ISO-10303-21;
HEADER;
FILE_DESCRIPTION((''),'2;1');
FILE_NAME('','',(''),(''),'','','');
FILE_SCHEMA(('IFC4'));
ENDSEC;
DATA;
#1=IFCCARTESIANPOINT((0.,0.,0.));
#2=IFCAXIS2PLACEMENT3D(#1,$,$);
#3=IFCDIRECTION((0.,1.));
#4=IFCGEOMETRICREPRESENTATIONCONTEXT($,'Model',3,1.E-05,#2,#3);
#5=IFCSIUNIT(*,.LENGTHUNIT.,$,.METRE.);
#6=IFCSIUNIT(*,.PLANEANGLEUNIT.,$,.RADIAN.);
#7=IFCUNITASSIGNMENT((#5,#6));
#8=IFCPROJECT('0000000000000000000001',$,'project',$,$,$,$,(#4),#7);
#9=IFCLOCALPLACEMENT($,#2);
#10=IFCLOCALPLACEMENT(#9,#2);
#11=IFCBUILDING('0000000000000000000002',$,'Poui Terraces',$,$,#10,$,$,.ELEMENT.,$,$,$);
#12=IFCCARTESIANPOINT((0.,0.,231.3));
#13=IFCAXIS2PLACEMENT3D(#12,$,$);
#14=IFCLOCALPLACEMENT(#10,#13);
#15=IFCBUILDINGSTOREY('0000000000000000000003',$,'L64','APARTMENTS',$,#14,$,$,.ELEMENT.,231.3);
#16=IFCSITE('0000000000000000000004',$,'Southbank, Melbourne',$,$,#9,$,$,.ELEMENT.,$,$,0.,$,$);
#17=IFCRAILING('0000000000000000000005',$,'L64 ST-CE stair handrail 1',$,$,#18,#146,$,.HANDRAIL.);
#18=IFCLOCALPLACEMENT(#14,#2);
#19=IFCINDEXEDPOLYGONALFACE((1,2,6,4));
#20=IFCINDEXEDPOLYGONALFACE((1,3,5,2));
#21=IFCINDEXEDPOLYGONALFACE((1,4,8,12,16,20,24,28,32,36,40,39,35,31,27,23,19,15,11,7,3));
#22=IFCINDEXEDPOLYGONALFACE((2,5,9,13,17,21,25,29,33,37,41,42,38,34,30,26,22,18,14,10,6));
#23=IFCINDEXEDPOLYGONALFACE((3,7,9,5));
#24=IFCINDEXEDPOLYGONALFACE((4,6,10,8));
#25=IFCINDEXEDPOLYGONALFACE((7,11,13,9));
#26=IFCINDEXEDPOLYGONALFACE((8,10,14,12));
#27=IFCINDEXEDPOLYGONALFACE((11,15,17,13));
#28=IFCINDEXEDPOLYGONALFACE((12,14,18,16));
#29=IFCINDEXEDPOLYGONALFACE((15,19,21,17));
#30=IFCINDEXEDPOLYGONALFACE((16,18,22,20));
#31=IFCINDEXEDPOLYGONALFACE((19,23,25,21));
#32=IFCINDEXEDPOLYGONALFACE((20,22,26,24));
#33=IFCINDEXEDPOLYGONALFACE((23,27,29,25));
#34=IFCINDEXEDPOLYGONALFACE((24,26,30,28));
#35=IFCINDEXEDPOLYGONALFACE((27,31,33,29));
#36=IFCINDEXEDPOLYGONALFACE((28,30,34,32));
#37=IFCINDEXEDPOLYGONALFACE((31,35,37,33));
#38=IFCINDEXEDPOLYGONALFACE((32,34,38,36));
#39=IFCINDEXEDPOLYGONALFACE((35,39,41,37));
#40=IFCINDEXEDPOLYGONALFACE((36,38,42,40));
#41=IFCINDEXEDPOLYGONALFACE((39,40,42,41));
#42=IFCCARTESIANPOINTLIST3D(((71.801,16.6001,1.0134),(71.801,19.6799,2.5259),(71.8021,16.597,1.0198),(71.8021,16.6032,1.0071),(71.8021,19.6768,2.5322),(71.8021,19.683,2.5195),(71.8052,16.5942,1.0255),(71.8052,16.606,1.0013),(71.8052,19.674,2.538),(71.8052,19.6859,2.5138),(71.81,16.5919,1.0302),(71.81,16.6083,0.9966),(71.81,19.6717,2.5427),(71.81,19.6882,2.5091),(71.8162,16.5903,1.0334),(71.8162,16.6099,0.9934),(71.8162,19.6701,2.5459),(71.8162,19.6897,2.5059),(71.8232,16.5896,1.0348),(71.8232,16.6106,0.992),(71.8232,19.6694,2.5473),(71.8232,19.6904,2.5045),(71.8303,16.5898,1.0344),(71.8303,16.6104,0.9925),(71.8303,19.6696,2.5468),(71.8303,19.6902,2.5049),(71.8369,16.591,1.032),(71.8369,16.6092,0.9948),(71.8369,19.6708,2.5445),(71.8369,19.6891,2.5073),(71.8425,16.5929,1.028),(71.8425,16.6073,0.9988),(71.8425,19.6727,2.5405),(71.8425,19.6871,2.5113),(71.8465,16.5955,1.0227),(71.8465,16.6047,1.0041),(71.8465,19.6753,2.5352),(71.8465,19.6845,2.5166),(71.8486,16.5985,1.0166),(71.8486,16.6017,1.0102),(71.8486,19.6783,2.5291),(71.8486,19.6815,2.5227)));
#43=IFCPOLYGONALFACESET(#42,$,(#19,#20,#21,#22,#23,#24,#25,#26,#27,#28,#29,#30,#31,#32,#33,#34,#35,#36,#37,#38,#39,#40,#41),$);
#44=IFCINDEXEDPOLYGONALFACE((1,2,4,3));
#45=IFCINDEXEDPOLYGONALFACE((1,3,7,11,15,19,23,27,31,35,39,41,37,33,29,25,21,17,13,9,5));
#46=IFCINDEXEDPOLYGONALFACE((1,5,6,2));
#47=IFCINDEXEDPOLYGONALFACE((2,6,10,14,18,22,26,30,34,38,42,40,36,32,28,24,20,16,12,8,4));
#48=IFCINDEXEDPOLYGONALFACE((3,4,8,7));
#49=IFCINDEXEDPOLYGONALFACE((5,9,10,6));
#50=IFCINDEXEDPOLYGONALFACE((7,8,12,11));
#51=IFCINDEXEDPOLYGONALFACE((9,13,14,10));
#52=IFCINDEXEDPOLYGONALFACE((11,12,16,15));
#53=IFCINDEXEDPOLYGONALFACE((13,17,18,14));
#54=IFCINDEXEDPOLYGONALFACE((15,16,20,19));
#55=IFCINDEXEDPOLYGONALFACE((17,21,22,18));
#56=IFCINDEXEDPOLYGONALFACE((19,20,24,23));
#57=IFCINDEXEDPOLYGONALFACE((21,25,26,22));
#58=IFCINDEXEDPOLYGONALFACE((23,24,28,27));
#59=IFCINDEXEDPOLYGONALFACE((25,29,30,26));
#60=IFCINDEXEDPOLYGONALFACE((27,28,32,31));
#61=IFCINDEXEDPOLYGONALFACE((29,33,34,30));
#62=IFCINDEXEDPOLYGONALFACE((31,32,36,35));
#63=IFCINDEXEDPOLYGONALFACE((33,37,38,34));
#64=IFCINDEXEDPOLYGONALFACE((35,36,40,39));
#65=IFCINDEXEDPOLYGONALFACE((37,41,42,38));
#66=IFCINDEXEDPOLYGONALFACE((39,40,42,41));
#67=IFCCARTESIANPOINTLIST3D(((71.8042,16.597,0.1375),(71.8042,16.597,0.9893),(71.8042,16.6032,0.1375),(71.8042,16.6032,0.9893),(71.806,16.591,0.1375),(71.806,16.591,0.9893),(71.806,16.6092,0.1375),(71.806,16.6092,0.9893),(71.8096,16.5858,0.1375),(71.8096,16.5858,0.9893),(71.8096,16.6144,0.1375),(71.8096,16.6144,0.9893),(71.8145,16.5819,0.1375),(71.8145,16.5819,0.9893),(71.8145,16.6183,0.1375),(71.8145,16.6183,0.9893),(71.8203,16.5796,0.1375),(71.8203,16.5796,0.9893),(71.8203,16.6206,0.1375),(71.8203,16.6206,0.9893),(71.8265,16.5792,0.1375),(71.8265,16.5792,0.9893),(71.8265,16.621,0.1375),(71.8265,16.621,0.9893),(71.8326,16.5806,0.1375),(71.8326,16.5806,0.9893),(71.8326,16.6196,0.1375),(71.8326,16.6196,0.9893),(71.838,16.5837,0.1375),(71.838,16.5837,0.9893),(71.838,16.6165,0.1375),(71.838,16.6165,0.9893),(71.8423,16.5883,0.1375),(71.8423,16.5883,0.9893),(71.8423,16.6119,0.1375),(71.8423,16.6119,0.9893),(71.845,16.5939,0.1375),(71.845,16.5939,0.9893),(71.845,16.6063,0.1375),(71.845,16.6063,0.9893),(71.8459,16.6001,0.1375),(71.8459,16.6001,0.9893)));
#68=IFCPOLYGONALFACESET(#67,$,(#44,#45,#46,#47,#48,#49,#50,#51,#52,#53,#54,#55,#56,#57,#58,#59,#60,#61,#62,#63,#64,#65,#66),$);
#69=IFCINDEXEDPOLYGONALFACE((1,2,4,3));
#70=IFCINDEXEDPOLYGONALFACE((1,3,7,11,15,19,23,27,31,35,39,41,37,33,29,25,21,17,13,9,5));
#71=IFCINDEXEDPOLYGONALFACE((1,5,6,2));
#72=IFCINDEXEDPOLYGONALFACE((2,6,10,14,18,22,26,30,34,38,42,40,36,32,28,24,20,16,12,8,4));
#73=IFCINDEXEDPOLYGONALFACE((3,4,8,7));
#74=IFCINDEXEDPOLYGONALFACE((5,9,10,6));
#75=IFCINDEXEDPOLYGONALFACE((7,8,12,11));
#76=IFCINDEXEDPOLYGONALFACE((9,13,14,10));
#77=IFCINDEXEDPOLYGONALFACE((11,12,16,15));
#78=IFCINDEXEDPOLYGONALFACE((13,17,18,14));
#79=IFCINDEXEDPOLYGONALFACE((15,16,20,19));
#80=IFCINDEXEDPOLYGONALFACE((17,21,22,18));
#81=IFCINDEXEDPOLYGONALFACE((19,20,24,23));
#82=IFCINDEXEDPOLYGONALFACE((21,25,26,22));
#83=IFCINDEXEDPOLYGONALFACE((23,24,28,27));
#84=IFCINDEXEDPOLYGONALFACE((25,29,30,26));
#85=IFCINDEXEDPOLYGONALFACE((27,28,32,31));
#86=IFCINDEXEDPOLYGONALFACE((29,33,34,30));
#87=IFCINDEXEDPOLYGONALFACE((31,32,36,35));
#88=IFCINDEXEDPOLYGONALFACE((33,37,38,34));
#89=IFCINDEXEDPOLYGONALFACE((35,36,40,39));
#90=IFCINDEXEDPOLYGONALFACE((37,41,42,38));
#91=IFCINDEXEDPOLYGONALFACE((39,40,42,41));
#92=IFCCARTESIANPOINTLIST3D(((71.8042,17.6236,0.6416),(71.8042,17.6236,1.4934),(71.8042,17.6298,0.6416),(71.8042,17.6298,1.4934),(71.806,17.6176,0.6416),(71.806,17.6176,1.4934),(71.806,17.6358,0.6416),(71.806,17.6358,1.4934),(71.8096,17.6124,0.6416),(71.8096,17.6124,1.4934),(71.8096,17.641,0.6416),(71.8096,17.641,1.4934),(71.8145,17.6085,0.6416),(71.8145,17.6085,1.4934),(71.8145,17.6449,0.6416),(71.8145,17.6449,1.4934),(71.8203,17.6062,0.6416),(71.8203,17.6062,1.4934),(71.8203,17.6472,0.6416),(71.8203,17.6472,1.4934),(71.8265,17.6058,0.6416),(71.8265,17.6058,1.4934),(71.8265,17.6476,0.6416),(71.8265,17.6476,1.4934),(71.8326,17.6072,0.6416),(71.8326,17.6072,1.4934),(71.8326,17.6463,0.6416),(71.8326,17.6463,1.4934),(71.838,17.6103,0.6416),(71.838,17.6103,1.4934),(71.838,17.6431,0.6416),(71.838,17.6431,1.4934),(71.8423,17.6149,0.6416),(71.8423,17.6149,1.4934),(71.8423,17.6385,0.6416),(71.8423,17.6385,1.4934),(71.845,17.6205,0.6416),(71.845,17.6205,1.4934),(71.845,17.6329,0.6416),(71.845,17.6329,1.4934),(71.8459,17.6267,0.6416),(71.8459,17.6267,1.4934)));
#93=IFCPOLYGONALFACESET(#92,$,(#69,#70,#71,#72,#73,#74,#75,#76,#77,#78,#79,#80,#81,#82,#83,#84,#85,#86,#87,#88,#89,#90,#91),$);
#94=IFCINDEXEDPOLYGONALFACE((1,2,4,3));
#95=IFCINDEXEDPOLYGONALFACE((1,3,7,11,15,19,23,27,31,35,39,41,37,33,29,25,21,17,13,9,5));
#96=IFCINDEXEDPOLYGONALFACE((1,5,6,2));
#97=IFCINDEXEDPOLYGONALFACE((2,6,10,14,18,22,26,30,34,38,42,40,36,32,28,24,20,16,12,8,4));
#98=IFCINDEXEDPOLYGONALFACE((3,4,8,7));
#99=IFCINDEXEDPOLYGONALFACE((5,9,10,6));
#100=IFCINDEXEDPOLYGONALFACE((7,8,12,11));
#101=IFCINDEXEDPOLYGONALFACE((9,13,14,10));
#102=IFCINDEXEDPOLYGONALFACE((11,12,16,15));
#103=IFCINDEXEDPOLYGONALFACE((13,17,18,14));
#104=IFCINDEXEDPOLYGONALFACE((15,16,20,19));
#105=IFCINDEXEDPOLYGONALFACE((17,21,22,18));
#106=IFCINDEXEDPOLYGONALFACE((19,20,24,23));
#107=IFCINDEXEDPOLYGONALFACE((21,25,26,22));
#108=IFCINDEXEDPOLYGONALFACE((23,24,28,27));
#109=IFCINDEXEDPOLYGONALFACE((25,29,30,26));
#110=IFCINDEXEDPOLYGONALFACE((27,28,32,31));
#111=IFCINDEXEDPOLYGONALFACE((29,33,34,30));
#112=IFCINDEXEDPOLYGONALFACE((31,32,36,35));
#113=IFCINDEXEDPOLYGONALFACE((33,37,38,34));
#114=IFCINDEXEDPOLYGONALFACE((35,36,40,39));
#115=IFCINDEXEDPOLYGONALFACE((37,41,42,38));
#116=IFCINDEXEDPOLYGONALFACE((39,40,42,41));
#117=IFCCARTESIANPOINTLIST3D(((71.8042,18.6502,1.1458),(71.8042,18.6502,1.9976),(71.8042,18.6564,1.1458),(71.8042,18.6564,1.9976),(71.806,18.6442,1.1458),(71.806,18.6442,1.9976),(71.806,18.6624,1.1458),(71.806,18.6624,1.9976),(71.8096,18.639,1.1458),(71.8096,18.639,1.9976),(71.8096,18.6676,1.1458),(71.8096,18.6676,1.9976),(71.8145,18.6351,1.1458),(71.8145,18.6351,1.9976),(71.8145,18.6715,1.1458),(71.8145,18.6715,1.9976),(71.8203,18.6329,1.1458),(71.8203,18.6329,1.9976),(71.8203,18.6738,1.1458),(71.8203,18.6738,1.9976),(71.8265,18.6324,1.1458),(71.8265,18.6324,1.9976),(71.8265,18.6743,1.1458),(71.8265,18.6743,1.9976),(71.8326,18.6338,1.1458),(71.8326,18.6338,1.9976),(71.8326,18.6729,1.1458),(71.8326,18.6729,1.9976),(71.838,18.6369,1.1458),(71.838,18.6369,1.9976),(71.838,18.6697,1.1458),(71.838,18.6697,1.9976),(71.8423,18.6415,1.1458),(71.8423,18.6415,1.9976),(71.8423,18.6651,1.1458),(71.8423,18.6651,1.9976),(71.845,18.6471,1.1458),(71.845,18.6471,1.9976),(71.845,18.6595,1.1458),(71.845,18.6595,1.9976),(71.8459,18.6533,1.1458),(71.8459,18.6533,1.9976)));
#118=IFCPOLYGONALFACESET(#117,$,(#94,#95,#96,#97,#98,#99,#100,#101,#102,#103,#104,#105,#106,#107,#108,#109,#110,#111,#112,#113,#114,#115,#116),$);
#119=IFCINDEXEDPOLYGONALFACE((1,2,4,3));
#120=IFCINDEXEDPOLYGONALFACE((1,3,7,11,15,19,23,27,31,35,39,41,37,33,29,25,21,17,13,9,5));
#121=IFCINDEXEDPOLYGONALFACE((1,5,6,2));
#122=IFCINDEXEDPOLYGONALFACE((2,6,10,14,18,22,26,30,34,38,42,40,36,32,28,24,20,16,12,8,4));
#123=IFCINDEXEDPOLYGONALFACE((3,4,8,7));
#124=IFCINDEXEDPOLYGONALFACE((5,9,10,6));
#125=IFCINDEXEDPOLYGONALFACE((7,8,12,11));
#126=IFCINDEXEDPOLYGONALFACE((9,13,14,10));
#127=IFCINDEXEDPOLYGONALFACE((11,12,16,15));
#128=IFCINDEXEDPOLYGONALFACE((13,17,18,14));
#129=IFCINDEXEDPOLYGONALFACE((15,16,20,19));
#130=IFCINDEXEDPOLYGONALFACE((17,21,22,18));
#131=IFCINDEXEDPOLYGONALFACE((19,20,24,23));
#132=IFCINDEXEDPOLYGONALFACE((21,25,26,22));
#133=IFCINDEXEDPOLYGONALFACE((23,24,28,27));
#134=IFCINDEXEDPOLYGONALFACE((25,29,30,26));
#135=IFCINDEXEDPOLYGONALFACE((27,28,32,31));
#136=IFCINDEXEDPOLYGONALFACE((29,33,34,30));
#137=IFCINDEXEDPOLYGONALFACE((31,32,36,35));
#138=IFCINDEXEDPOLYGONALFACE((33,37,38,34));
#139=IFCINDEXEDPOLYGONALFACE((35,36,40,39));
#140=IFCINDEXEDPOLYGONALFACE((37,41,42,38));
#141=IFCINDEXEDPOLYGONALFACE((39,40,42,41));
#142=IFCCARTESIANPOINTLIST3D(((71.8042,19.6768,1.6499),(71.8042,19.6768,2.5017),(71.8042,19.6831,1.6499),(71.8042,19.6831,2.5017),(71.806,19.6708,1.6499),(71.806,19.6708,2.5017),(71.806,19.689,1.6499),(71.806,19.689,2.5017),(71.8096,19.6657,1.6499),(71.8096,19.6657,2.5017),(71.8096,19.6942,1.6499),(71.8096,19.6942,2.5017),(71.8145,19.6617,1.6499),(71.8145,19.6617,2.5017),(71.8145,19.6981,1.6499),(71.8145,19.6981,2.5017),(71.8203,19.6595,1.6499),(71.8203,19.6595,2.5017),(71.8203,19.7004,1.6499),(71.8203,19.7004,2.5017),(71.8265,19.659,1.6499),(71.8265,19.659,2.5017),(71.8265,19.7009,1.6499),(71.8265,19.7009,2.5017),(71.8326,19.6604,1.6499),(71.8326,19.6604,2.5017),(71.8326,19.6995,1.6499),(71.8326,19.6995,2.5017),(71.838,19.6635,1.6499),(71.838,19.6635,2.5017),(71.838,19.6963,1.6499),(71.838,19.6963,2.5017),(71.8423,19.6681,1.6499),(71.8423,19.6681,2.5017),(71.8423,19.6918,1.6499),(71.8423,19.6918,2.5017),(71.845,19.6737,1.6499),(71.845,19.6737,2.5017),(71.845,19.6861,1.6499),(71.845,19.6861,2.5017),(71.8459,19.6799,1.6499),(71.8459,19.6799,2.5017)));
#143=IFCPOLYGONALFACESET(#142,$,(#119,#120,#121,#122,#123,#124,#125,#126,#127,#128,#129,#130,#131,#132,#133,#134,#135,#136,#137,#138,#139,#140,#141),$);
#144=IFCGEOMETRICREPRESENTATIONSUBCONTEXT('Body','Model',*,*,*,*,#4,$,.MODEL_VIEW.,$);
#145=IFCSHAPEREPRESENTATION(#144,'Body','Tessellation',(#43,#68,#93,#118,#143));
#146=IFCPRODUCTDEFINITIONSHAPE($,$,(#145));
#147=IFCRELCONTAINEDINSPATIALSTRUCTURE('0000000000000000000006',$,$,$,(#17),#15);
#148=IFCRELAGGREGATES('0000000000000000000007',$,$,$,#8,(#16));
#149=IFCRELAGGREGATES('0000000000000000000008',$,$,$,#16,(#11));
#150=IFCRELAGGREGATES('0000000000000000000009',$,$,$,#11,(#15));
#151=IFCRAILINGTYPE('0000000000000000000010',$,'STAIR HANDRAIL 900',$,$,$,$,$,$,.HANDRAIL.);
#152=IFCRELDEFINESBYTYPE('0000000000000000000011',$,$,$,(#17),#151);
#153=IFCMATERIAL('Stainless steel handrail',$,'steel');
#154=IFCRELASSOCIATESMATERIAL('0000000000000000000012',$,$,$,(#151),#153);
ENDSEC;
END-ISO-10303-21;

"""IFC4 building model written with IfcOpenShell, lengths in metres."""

from ifc_helpers import new_model, si_unit, direction, frame, origin, origin_2d, place, context, subcontext, project, spatial, circle, extrude, material, type_object, element, save


model = new_model("IFC4")

# Units and contexts
model_context = context("Model", 3, precision=1e-05, world=origin(), true_north=direction((0.0, 1.0)))
body_context = subcontext(model_context, "Body", "Model", "MODEL_VIEW")
ifc_project = project(units=[si_unit("LENGTHUNIT", "METRE"), si_unit("PLANEANGLEUNIT", "RADIAN")], contexts=[model_context])

# Site, building, storey
site_placement = place(None, origin())
site = spatial("IfcSite", under=ifc_project, at=site_placement, Name="Southbank, Melbourne", CompositionType="ELEMENT", RefElevation=0.0)
building_placement = place(site_placement, origin())
building = spatial("IfcBuilding", under=site, at=building_placement, Name="Poui Terraces", CompositionType="ELEMENT")
storey_placement = place(building_placement, frame((0.0, 0.0, 231.3)))
storey = spatial("IfcBuildingStorey", under=building, at=storey_placement, Name="L64", Description="APARTMENTS", CompositionType="ELEMENT", Elevation=231.3)

# Railing
ifc_material_1 = material(Name="Stainless steel handrail", Category="steel")
railing_type_1 = type_object("IfcRailingType", Name="STAIR HANDRAIL 900", PredefinedType="HANDRAIL", material=ifc_material_1)
railing_1_placement = place(storey_placement, frame((71.825, 16.6001, 0.1375)))
element("IfcRailing", 1, at=railing_1_placement, inside=storey, type_object=railing_type_1, Name="L64 ST-CE stair handrail 1", PredefinedType="HANDRAIL", context=body_context, shape_type="SweptSolid", body=[
    extrude(circle(Radius=0.0239, at=origin_2d()), frame((0.0, 0.0, 0.876), z_axis=(0.0, 0.897606, 0.440798), x_axis=(-1.0, 0.0, 0.0)), (0.0, 0.0, 1.0), 3.4312),
    extrude(circle(Radius=0.021, at=origin_2d()), origin(), (0.0, 0.0, 1.0), 0.8518),
    extrude(circle(Radius=0.021, at=origin_2d()), frame((0.0, 1.0266, 0.5042)), (0.0, 0.0, 1.0), 0.8518),
    extrude(circle(Radius=0.021, at=origin_2d()), frame((0.0, 2.0532, 1.0083)), (0.0, 0.0, 1.0), 0.8518),
    extrude(circle(Radius=0.021, at=origin_2d()), frame((0.0, 3.0798, 1.5125)), (0.0, 0.0, 1.0), 0.8518),
])

save(model, "model.ifc")
